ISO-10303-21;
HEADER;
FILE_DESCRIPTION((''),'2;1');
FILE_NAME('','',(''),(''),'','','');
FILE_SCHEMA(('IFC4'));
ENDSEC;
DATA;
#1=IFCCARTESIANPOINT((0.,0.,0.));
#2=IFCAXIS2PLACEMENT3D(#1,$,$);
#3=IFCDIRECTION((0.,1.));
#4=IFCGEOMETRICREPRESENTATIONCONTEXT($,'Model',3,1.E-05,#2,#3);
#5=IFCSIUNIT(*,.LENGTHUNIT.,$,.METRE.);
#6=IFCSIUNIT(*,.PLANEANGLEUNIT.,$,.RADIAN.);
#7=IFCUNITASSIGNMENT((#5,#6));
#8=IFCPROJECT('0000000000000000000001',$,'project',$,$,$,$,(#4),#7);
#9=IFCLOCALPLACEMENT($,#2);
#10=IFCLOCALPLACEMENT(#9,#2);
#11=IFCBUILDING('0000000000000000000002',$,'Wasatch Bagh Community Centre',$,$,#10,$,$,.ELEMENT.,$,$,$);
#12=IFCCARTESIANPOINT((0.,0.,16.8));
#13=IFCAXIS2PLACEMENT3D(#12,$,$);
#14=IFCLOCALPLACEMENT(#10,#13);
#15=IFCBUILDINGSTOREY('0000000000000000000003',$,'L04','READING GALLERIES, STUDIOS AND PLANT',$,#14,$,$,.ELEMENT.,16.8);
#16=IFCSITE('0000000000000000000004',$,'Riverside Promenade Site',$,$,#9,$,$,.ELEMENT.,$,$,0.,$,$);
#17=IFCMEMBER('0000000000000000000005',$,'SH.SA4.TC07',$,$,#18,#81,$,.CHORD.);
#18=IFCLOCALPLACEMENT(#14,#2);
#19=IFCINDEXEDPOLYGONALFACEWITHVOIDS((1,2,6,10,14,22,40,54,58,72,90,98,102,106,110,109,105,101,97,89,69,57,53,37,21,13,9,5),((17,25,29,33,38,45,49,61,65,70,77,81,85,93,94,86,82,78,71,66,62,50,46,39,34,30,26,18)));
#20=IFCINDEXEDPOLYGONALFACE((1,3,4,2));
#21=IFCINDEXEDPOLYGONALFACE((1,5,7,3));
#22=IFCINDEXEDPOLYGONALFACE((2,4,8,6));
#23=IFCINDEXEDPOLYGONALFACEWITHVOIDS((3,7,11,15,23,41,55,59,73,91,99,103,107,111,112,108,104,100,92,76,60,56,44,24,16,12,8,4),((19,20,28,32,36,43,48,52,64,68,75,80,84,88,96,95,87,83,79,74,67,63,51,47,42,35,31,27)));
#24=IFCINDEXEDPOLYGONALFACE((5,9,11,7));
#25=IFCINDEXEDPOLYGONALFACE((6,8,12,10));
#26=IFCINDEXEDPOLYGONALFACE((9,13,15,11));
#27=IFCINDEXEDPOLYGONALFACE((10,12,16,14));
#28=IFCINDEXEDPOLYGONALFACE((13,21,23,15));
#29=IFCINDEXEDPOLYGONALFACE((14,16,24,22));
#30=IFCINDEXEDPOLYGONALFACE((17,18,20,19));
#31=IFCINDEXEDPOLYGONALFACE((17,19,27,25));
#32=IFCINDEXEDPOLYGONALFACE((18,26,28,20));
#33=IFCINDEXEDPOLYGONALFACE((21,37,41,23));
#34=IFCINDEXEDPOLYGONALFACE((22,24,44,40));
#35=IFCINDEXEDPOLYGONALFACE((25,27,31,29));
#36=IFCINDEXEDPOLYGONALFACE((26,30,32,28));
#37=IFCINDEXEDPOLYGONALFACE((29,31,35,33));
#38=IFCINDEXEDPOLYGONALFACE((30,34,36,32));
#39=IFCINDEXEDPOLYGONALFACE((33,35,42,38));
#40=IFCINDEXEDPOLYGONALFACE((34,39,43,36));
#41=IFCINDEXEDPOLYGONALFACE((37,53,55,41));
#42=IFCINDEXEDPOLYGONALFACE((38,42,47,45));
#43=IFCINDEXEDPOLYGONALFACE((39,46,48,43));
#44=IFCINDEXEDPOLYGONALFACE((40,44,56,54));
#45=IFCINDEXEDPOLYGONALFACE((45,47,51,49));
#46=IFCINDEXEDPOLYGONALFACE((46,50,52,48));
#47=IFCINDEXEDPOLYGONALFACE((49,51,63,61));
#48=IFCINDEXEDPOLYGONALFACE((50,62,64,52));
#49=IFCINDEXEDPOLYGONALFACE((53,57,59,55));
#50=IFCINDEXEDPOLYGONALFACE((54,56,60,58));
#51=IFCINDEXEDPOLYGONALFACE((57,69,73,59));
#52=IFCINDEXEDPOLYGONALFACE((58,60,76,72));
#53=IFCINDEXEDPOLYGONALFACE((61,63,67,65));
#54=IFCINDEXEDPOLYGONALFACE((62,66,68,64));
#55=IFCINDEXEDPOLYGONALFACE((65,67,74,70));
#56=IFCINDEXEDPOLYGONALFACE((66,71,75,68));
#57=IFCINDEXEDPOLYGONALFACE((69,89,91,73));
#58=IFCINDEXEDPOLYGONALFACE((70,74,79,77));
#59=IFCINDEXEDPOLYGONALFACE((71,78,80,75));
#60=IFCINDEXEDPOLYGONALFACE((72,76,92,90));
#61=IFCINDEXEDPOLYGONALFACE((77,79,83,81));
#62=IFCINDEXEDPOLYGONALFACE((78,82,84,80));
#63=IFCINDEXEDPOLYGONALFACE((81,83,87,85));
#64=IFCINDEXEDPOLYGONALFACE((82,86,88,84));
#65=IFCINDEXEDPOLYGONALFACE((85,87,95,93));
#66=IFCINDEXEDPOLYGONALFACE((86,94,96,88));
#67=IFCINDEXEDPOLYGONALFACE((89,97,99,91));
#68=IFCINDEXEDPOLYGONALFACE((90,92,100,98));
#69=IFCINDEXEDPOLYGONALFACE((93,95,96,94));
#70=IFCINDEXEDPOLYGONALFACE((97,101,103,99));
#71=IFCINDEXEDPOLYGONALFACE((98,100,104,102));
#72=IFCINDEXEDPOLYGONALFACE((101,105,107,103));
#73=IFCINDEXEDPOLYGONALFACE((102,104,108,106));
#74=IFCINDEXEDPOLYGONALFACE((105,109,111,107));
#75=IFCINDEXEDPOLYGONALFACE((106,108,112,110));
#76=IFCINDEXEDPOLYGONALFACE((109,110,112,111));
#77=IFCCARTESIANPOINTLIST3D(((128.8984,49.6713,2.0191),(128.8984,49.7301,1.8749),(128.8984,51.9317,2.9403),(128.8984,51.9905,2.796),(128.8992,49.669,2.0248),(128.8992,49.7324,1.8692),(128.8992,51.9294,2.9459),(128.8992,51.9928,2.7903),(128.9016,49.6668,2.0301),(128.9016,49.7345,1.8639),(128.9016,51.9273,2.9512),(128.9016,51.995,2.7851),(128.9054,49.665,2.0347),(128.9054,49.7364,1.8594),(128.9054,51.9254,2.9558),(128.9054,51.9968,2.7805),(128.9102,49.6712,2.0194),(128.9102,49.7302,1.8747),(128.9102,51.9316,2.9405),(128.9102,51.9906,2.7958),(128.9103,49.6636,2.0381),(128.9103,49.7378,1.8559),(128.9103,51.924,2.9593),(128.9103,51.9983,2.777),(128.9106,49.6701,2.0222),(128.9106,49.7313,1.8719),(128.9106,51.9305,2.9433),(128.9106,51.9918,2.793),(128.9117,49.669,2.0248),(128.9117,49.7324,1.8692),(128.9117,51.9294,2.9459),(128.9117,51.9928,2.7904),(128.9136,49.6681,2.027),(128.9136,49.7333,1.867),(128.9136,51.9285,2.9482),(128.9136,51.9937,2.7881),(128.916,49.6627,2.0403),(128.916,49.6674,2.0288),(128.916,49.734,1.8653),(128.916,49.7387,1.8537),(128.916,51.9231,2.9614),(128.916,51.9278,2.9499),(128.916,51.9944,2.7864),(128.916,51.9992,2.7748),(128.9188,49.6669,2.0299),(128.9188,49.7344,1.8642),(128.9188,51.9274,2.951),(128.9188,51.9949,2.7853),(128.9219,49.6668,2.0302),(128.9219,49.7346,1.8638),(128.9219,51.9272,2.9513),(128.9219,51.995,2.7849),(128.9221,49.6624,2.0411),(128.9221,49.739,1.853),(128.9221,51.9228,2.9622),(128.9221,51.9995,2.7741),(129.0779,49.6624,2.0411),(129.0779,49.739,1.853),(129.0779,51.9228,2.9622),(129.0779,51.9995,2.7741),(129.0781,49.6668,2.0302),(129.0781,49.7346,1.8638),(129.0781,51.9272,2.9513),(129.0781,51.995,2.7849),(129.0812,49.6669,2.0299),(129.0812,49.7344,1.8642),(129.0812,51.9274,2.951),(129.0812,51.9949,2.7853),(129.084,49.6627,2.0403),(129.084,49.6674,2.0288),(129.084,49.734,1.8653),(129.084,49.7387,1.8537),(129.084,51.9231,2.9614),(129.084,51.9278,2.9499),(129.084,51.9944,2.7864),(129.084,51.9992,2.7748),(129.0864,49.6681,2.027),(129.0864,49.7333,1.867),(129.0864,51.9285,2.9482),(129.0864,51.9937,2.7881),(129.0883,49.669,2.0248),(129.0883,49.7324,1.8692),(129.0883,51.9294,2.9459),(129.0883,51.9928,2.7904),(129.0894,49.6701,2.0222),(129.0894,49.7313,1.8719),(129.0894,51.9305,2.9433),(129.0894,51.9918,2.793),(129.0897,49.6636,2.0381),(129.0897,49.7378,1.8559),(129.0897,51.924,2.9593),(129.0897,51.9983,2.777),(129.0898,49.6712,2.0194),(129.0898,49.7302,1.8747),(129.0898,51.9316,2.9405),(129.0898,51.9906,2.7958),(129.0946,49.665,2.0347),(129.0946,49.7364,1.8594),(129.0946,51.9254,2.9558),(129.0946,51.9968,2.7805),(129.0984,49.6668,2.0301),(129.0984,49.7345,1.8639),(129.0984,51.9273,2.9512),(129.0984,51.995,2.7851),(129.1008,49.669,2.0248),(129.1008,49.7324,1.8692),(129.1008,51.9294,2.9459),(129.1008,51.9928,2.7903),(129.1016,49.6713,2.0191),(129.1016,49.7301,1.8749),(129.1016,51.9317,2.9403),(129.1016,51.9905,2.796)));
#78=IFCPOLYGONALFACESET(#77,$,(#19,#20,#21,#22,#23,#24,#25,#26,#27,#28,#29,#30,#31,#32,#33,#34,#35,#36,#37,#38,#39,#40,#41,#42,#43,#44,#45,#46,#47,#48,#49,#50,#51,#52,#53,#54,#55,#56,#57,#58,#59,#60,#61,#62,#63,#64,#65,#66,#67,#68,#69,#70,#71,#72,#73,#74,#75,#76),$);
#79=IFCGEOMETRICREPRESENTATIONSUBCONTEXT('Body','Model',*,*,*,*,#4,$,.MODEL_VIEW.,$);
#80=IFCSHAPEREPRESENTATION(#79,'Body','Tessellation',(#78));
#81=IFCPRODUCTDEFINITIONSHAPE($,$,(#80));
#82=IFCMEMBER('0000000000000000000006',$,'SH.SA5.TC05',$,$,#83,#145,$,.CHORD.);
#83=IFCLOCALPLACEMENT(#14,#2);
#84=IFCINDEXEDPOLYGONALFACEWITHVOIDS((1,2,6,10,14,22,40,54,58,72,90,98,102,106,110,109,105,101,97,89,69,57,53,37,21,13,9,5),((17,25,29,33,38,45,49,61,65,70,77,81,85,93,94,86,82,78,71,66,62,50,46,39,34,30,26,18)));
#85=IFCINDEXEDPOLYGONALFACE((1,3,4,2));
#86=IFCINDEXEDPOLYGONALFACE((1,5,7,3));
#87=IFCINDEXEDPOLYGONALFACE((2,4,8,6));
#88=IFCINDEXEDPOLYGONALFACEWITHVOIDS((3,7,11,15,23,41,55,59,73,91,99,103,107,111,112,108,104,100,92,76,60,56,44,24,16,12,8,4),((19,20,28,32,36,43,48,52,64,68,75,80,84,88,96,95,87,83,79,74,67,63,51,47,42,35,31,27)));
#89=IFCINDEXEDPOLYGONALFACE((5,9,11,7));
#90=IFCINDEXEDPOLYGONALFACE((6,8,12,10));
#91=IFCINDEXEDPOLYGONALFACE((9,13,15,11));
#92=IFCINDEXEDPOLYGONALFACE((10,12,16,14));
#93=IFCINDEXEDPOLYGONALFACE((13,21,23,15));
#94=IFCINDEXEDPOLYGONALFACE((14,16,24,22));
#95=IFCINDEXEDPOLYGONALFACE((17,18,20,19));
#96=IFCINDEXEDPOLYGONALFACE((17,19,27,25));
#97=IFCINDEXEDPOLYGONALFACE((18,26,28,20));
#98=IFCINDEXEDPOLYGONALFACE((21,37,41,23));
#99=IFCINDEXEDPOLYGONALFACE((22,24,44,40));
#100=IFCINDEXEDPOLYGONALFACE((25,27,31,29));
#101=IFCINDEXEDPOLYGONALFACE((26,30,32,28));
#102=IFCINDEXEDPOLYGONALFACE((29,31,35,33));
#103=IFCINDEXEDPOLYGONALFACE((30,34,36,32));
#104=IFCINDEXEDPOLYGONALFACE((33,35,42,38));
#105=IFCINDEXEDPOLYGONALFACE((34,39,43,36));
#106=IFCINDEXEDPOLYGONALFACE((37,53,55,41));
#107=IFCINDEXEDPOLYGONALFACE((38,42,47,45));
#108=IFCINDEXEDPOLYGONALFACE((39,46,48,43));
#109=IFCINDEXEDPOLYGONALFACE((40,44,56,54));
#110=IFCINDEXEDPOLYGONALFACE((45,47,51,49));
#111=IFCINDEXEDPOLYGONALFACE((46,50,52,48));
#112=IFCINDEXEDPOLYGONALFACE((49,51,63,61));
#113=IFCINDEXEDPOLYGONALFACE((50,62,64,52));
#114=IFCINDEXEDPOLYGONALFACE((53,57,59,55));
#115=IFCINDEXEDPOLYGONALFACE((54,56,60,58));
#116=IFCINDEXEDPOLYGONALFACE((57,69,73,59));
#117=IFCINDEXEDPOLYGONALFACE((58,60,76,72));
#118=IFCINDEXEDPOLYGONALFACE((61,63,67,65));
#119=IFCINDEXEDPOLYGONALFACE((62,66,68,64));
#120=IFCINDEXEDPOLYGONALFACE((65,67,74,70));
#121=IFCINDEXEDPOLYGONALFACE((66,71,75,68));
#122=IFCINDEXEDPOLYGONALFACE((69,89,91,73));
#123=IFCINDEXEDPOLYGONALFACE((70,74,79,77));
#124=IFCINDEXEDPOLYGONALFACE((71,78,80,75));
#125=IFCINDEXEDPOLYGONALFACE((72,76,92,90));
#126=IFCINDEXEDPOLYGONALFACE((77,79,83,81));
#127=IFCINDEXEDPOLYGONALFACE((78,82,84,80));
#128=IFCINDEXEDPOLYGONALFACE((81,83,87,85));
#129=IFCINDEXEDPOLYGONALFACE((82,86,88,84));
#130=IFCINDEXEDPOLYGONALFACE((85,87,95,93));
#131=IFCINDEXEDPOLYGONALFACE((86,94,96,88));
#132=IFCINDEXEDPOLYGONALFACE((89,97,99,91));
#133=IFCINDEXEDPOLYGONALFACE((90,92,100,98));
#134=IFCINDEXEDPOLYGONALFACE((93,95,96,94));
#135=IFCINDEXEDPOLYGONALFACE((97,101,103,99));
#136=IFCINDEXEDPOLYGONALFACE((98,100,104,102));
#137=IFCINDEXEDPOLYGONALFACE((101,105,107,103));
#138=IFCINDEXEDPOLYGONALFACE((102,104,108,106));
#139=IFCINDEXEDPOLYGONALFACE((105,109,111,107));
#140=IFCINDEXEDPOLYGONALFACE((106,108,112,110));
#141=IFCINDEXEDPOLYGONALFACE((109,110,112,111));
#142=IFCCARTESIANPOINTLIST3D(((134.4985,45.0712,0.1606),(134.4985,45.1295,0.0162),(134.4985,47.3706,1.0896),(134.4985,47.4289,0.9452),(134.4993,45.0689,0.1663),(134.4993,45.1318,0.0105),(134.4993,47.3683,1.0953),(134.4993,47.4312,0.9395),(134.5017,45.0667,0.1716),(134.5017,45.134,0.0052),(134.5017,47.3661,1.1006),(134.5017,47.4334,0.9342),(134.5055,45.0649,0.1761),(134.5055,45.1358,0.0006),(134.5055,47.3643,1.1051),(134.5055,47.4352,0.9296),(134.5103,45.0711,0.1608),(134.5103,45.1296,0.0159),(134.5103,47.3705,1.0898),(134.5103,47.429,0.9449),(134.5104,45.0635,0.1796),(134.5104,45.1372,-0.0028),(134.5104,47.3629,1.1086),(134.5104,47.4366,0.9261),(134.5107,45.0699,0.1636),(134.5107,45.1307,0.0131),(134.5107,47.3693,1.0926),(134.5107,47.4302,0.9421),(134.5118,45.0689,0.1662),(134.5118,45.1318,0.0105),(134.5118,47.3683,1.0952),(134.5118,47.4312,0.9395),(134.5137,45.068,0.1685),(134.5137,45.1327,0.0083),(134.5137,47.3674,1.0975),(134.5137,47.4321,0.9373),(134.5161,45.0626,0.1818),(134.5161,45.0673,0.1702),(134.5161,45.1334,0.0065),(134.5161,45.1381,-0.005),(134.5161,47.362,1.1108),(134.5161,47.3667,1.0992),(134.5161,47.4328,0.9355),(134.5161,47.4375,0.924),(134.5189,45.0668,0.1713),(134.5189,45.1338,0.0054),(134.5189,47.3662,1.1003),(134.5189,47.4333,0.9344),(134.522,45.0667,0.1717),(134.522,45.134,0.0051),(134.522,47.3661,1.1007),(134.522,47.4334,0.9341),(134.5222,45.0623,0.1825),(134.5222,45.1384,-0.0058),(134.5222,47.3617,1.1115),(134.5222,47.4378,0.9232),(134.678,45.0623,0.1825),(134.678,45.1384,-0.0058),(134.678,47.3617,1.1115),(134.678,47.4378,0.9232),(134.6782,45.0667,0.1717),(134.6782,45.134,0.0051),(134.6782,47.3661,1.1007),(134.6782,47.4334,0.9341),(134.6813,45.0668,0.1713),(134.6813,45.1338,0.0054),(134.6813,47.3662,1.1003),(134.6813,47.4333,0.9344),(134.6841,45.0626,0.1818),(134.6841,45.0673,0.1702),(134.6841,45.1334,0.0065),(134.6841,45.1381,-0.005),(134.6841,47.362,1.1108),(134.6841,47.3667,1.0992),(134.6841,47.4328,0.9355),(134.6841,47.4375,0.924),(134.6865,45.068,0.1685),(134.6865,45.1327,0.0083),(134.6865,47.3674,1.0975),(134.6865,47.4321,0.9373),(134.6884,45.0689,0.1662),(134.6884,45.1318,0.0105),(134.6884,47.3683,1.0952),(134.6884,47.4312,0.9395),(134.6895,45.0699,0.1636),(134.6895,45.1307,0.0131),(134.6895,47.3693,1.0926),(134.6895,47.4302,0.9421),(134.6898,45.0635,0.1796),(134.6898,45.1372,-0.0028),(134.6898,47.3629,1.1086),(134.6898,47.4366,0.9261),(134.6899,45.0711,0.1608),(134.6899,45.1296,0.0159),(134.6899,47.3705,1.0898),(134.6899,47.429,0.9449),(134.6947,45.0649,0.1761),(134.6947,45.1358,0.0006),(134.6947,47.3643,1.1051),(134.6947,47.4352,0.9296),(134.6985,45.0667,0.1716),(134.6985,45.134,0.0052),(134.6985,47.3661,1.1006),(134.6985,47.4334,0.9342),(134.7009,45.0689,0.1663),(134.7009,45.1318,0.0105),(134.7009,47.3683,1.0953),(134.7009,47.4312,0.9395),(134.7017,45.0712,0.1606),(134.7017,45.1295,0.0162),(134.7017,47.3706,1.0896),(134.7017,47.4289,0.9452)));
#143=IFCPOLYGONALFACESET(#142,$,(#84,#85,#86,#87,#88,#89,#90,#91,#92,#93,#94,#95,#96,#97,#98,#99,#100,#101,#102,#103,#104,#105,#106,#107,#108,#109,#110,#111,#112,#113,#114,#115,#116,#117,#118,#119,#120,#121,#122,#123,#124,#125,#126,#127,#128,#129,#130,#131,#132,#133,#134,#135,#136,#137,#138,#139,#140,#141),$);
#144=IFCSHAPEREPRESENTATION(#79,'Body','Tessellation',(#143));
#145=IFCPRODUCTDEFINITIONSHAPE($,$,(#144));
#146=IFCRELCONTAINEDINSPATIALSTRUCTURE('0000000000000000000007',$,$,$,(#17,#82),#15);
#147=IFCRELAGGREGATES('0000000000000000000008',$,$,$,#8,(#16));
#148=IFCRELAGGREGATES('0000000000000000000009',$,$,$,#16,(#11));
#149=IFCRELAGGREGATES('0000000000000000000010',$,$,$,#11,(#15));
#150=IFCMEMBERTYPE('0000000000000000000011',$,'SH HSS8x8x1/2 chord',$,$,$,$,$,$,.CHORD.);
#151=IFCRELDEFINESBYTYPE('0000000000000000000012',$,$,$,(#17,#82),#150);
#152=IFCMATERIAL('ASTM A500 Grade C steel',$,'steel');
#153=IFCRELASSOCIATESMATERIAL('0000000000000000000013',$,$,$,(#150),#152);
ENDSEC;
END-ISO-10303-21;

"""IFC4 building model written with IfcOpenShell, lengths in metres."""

from ifc_helpers import new_model, si_unit, direction, frame, origin, origin_2d, place, context, subcontext, project, spatial, hollow_rectangle, extrude, material, material_profile, profile_set, type_object, element, save


model = new_model("IFC4")

# Units and contexts
model_context = context("Model", 3, precision=1e-05, world=origin(), true_north=direction((0.0, 1.0)))
body_context = subcontext(model_context, "Body", "Model", "MODEL_VIEW")
ifc_project = project(units=[si_unit("LENGTHUNIT", "METRE"), si_unit("PLANEANGLEUNIT", "RADIAN")], contexts=[model_context])

# Site, building, storey
site_placement = place(None, origin())
site = spatial("IfcSite", under=ifc_project, at=site_placement, Name="Riverside Promenade Site", CompositionType="ELEMENT", RefElevation=0.0)
building_placement = place(site_placement, origin())
building = spatial("IfcBuilding", under=site, at=building_placement, Name="Wasatch Bagh Community Centre", CompositionType="ELEMENT")
storey_placement = place(building_placement, frame((0.0, 0.0, 16.8)))
storey = spatial("IfcBuildingStorey", under=building, at=storey_placement, Name="L04", Description="READING GALLERIES, STUDIOS AND PLANT", CompositionType="ELEMENT", Elevation=16.8)

# Members
ifc_material_1 = material(Name="ASTM A500 Grade C steel", Category="steel")
ifc_material_profile_1 = material_profile(ifc_material_1, hollow_rectangle(XDim=0.2031, YDim=0.2031, WallThickness=0.0117, InnerFilletRadius=0.0117, OuterFilletRadius=0.0237, at=origin_2d()), Name="HSS8x8x1/2")
ifc_profile_set_1 = profile_set([ifc_material_profile_1], Name="ASTM A500 Grade C steel")
member_type_1 = type_object("IfcMemberType", Name="SH HSS8x8x1/2 chord", PredefinedType="CHORD", material=ifc_profile_set_1)
member_1_placement = place(storey_placement, frame((129.0, 49.7007, 1.947), z_axis=(0.0, 0.926064, 0.377367), x_axis=(-1.0, 0.0, 0.0)))
element("IfcMember", 1, at=member_1_placement, inside=storey, type_object=member_type_1, Name="SH.SA4.TC07", PredefinedType="CHORD", context=body_context, shape_type="SweptSolid", body=[
    extrude(hollow_rectangle(XDim=0.2031, YDim=0.2031, WallThickness=0.0117, InnerFilletRadius=0.0117, OuterFilletRadius=0.0237, at=origin_2d()), origin(), (0.0, 0.0, 1.0), 2.4409),
])
member_2_placement = place(storey_placement, frame((134.6001, 45.1003, 0.0884), z_axis=(0.0, 0.927188, 0.374597), x_axis=(-1.0, 0.0, 0.0)))
element("IfcMember", 2, at=member_2_placement, inside=storey, type_object=member_type_1, Name="SH.SA5.TC05", PredefinedType="CHORD", context=body_context, shape_type="SweptSolid", body=[
    extrude(hollow_rectangle(XDim=0.2031, YDim=0.2031, WallThickness=0.0117, InnerFilletRadius=0.0117, OuterFilletRadius=0.0237, at=origin_2d()), origin(), (0.0, 0.0, 1.0), 2.48),
])

save(model, "model.ifc")
